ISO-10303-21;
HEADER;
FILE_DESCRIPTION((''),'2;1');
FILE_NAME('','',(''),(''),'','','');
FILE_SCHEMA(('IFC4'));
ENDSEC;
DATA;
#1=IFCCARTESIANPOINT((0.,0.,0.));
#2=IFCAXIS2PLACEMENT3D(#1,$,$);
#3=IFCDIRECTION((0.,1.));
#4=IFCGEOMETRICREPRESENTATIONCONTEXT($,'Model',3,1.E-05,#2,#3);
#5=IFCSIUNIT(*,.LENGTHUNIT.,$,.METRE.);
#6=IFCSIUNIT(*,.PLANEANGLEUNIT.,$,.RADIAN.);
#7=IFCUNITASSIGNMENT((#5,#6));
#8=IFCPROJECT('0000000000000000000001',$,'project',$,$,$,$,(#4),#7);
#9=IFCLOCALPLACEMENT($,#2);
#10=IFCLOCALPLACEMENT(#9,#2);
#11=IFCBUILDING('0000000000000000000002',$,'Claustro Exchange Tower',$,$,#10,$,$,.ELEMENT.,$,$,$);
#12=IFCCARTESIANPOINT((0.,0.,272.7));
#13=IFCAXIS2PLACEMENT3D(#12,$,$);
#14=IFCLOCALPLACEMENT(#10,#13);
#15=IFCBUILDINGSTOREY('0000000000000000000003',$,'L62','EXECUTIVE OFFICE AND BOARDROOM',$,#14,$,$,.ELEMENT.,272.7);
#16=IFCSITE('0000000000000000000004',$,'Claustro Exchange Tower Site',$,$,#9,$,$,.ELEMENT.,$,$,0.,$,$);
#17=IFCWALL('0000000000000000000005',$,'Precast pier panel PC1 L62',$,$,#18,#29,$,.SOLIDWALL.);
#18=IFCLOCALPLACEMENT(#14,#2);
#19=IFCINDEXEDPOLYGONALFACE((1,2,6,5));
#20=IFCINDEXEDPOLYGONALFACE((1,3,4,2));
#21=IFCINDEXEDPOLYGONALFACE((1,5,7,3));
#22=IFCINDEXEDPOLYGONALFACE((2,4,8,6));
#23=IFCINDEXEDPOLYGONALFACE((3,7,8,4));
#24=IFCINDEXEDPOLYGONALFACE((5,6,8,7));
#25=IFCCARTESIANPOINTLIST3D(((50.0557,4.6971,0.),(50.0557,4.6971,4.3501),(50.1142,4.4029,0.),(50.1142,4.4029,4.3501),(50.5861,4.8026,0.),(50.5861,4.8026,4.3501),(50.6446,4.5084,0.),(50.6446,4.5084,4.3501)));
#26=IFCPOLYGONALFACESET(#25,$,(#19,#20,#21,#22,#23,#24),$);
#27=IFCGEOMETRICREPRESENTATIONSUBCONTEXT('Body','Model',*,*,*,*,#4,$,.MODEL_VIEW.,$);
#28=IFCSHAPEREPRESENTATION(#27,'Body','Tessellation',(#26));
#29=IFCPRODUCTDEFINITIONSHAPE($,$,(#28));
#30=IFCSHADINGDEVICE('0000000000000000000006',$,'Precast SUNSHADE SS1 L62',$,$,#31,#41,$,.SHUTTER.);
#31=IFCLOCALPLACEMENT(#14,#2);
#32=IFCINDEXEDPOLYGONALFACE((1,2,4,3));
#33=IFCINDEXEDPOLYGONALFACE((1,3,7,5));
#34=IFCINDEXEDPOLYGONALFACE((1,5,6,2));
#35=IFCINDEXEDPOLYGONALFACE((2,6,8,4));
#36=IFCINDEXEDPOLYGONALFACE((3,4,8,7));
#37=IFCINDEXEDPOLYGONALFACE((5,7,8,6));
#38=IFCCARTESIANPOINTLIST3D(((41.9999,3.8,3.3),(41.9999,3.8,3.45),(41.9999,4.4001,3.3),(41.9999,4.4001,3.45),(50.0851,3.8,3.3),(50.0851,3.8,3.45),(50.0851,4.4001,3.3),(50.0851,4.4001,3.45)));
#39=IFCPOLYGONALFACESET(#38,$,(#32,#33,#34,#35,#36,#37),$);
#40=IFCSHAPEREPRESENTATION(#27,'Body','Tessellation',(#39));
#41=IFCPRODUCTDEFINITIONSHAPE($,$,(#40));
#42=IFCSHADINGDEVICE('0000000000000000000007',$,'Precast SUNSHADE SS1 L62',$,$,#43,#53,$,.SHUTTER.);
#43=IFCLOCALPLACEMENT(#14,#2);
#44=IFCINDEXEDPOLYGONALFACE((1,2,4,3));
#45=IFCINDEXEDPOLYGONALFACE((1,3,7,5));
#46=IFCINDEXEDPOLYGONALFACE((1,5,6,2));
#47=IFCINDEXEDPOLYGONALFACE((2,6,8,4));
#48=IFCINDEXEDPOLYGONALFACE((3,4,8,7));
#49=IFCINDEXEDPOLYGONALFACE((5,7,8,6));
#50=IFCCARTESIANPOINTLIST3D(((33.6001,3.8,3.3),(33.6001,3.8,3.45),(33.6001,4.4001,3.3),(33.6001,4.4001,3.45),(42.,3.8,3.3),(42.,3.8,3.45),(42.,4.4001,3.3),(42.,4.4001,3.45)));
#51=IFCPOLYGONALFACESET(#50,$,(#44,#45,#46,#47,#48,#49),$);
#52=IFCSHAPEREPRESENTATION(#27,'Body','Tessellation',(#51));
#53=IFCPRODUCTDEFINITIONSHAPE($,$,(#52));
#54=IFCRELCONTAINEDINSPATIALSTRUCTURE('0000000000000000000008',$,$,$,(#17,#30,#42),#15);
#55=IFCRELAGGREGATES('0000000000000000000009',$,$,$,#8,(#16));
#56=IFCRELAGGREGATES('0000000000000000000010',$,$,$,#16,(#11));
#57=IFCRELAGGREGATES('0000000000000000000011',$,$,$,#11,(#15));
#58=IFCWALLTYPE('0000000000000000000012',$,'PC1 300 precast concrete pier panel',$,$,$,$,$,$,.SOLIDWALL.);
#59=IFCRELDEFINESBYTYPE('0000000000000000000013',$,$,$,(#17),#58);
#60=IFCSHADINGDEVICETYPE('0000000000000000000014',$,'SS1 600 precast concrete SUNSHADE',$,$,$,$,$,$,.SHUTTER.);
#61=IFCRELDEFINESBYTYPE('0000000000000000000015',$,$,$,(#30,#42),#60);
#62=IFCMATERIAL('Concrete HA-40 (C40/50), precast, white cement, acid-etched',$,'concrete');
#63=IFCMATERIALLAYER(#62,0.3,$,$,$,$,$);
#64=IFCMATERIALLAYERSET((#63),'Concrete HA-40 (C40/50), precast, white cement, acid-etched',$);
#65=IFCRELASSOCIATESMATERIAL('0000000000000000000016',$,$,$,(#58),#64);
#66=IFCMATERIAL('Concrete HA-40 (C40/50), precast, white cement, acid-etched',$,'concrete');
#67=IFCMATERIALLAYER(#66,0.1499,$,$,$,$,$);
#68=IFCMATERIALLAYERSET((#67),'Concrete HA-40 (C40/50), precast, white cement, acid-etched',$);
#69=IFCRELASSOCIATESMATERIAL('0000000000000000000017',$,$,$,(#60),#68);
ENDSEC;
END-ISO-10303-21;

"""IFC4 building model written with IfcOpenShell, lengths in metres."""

from ifc_helpers import new_model, si_unit, direction, frame, frame_2d, origin, origin_2d, place, context, subcontext, project, spatial, rectangle, extrude, material, layer, layer_set, type_object, element, save


model = new_model("IFC4")

# Units and contexts
model_context = context("Model", 3, precision=1e-05, world=origin(), true_north=direction((0.0, 1.0)))
body_context = subcontext(model_context, "Body", "Model", "MODEL_VIEW")
ifc_project = project(units=[si_unit("LENGTHUNIT", "METRE"), si_unit("PLANEANGLEUNIT", "RADIAN")], contexts=[model_context])

# Site, building, storey
site_placement = place(None, origin())
site = spatial("IfcSite", under=ifc_project, at=site_placement, Name="Claustro Exchange Tower Site", CompositionType="ELEMENT", RefElevation=0.0)
building_placement = place(site_placement, origin())
building = spatial("IfcBuilding", under=site, at=building_placement, Name="Claustro Exchange Tower", CompositionType="ELEMENT")
storey_placement = place(building_placement, frame((0.0, 0.0, 272.7)))
storey = spatial("IfcBuildingStorey", under=building, at=storey_placement, Name="L62", Description="EXECUTIVE OFFICE AND BOARDROOM", CompositionType="ELEMENT", Elevation=272.7)

# Shared definitions
ifc_material_1 = material(Name="Concrete HA-40 (C40/50), precast, white cement, acid-etched", Category="concrete")
ifc_layer_1 = layer(ifc_material_1, 0.3)
ifc_layer_set_1 = layer_set([ifc_layer_1], Name="Concrete HA-40 (C40/50), precast, white cement, acid-etched")
wall_type_1 = type_object("IfcWallType", Name="PC1 300 precast concrete pier panel", PredefinedType="SOLIDWALL", material=ifc_layer_set_1)

# Wall
wall_1_placement = place(storey_placement, frame((50.6155, 4.6555, 0.0), z_axis=(0.0, 0.0, 1.0), x_axis=(-0.980789, -0.195074, 0.0)))
element("IfcWall", 1, at=wall_1_placement, inside=storey, type_object=wall_type_1, Name="Precast pier panel PC1 L62", PredefinedType="SOLIDWALL", context=body_context, shape_type="SweptSolid", body=[
    extrude(rectangle(XDim=0.5408, YDim=0.3, at=frame_2d((0.2705, 0.0))), origin(), (0.0, 0.0, 1.0), 4.3501),
])

# Shading devices
ifc_material_2 = material(Name="Concrete HA-40 (C40/50), precast, white cement, acid-etched", Category="concrete")
ifc_layer_2 = layer(ifc_material_2, 0.1499)
ifc_layer_set_2 = layer_set([ifc_layer_2], Name="Concrete HA-40 (C40/50), precast, white cement, acid-etched")
shading_device_type = type_object("IfcShadingDeviceType", Name="SS1 600 precast concrete SUNSHADE", PredefinedType="SHUTTER", material=ifc_layer_set_2)
shading_device_1_placement = place(storey_placement, frame((46.0425, 4.1001, 3.3), z_axis=(0.0, 0.0, 1.0), x_axis=(-1.0, 0.0, 0.0)))
element("IfcShadingDevice", 2, at=shading_device_1_placement, inside=storey, type_object=shading_device_type, Name="Precast SUNSHADE SS1 L62", PredefinedType="SHUTTER", context=body_context, shape_type="SweptSolid", body=[
    extrude(rectangle(XDim=8.0852, YDim=0.6001, at=origin_2d()), origin(), (0.0, 0.0, 1.0), 0.1499),
])
shading_device_2_placement = place(storey_placement, frame((37.8, 4.1001, 3.3), z_axis=(0.0, 0.0, 1.0), x_axis=(-1.0, 0.0, 0.0)))
element("IfcShadingDevice", 3, at=shading_device_2_placement, inside=storey, type_object=shading_device_type, Name="Precast SUNSHADE SS1 L62", PredefinedType="SHUTTER", context=body_context, shape_type="SweptSolid", body=[
    extrude(rectangle(XDim=8.3999, YDim=0.6001, at=origin_2d()), origin(), (0.0, 0.0, 1.0), 0.1499),
])

save(model, "model.ifc")
